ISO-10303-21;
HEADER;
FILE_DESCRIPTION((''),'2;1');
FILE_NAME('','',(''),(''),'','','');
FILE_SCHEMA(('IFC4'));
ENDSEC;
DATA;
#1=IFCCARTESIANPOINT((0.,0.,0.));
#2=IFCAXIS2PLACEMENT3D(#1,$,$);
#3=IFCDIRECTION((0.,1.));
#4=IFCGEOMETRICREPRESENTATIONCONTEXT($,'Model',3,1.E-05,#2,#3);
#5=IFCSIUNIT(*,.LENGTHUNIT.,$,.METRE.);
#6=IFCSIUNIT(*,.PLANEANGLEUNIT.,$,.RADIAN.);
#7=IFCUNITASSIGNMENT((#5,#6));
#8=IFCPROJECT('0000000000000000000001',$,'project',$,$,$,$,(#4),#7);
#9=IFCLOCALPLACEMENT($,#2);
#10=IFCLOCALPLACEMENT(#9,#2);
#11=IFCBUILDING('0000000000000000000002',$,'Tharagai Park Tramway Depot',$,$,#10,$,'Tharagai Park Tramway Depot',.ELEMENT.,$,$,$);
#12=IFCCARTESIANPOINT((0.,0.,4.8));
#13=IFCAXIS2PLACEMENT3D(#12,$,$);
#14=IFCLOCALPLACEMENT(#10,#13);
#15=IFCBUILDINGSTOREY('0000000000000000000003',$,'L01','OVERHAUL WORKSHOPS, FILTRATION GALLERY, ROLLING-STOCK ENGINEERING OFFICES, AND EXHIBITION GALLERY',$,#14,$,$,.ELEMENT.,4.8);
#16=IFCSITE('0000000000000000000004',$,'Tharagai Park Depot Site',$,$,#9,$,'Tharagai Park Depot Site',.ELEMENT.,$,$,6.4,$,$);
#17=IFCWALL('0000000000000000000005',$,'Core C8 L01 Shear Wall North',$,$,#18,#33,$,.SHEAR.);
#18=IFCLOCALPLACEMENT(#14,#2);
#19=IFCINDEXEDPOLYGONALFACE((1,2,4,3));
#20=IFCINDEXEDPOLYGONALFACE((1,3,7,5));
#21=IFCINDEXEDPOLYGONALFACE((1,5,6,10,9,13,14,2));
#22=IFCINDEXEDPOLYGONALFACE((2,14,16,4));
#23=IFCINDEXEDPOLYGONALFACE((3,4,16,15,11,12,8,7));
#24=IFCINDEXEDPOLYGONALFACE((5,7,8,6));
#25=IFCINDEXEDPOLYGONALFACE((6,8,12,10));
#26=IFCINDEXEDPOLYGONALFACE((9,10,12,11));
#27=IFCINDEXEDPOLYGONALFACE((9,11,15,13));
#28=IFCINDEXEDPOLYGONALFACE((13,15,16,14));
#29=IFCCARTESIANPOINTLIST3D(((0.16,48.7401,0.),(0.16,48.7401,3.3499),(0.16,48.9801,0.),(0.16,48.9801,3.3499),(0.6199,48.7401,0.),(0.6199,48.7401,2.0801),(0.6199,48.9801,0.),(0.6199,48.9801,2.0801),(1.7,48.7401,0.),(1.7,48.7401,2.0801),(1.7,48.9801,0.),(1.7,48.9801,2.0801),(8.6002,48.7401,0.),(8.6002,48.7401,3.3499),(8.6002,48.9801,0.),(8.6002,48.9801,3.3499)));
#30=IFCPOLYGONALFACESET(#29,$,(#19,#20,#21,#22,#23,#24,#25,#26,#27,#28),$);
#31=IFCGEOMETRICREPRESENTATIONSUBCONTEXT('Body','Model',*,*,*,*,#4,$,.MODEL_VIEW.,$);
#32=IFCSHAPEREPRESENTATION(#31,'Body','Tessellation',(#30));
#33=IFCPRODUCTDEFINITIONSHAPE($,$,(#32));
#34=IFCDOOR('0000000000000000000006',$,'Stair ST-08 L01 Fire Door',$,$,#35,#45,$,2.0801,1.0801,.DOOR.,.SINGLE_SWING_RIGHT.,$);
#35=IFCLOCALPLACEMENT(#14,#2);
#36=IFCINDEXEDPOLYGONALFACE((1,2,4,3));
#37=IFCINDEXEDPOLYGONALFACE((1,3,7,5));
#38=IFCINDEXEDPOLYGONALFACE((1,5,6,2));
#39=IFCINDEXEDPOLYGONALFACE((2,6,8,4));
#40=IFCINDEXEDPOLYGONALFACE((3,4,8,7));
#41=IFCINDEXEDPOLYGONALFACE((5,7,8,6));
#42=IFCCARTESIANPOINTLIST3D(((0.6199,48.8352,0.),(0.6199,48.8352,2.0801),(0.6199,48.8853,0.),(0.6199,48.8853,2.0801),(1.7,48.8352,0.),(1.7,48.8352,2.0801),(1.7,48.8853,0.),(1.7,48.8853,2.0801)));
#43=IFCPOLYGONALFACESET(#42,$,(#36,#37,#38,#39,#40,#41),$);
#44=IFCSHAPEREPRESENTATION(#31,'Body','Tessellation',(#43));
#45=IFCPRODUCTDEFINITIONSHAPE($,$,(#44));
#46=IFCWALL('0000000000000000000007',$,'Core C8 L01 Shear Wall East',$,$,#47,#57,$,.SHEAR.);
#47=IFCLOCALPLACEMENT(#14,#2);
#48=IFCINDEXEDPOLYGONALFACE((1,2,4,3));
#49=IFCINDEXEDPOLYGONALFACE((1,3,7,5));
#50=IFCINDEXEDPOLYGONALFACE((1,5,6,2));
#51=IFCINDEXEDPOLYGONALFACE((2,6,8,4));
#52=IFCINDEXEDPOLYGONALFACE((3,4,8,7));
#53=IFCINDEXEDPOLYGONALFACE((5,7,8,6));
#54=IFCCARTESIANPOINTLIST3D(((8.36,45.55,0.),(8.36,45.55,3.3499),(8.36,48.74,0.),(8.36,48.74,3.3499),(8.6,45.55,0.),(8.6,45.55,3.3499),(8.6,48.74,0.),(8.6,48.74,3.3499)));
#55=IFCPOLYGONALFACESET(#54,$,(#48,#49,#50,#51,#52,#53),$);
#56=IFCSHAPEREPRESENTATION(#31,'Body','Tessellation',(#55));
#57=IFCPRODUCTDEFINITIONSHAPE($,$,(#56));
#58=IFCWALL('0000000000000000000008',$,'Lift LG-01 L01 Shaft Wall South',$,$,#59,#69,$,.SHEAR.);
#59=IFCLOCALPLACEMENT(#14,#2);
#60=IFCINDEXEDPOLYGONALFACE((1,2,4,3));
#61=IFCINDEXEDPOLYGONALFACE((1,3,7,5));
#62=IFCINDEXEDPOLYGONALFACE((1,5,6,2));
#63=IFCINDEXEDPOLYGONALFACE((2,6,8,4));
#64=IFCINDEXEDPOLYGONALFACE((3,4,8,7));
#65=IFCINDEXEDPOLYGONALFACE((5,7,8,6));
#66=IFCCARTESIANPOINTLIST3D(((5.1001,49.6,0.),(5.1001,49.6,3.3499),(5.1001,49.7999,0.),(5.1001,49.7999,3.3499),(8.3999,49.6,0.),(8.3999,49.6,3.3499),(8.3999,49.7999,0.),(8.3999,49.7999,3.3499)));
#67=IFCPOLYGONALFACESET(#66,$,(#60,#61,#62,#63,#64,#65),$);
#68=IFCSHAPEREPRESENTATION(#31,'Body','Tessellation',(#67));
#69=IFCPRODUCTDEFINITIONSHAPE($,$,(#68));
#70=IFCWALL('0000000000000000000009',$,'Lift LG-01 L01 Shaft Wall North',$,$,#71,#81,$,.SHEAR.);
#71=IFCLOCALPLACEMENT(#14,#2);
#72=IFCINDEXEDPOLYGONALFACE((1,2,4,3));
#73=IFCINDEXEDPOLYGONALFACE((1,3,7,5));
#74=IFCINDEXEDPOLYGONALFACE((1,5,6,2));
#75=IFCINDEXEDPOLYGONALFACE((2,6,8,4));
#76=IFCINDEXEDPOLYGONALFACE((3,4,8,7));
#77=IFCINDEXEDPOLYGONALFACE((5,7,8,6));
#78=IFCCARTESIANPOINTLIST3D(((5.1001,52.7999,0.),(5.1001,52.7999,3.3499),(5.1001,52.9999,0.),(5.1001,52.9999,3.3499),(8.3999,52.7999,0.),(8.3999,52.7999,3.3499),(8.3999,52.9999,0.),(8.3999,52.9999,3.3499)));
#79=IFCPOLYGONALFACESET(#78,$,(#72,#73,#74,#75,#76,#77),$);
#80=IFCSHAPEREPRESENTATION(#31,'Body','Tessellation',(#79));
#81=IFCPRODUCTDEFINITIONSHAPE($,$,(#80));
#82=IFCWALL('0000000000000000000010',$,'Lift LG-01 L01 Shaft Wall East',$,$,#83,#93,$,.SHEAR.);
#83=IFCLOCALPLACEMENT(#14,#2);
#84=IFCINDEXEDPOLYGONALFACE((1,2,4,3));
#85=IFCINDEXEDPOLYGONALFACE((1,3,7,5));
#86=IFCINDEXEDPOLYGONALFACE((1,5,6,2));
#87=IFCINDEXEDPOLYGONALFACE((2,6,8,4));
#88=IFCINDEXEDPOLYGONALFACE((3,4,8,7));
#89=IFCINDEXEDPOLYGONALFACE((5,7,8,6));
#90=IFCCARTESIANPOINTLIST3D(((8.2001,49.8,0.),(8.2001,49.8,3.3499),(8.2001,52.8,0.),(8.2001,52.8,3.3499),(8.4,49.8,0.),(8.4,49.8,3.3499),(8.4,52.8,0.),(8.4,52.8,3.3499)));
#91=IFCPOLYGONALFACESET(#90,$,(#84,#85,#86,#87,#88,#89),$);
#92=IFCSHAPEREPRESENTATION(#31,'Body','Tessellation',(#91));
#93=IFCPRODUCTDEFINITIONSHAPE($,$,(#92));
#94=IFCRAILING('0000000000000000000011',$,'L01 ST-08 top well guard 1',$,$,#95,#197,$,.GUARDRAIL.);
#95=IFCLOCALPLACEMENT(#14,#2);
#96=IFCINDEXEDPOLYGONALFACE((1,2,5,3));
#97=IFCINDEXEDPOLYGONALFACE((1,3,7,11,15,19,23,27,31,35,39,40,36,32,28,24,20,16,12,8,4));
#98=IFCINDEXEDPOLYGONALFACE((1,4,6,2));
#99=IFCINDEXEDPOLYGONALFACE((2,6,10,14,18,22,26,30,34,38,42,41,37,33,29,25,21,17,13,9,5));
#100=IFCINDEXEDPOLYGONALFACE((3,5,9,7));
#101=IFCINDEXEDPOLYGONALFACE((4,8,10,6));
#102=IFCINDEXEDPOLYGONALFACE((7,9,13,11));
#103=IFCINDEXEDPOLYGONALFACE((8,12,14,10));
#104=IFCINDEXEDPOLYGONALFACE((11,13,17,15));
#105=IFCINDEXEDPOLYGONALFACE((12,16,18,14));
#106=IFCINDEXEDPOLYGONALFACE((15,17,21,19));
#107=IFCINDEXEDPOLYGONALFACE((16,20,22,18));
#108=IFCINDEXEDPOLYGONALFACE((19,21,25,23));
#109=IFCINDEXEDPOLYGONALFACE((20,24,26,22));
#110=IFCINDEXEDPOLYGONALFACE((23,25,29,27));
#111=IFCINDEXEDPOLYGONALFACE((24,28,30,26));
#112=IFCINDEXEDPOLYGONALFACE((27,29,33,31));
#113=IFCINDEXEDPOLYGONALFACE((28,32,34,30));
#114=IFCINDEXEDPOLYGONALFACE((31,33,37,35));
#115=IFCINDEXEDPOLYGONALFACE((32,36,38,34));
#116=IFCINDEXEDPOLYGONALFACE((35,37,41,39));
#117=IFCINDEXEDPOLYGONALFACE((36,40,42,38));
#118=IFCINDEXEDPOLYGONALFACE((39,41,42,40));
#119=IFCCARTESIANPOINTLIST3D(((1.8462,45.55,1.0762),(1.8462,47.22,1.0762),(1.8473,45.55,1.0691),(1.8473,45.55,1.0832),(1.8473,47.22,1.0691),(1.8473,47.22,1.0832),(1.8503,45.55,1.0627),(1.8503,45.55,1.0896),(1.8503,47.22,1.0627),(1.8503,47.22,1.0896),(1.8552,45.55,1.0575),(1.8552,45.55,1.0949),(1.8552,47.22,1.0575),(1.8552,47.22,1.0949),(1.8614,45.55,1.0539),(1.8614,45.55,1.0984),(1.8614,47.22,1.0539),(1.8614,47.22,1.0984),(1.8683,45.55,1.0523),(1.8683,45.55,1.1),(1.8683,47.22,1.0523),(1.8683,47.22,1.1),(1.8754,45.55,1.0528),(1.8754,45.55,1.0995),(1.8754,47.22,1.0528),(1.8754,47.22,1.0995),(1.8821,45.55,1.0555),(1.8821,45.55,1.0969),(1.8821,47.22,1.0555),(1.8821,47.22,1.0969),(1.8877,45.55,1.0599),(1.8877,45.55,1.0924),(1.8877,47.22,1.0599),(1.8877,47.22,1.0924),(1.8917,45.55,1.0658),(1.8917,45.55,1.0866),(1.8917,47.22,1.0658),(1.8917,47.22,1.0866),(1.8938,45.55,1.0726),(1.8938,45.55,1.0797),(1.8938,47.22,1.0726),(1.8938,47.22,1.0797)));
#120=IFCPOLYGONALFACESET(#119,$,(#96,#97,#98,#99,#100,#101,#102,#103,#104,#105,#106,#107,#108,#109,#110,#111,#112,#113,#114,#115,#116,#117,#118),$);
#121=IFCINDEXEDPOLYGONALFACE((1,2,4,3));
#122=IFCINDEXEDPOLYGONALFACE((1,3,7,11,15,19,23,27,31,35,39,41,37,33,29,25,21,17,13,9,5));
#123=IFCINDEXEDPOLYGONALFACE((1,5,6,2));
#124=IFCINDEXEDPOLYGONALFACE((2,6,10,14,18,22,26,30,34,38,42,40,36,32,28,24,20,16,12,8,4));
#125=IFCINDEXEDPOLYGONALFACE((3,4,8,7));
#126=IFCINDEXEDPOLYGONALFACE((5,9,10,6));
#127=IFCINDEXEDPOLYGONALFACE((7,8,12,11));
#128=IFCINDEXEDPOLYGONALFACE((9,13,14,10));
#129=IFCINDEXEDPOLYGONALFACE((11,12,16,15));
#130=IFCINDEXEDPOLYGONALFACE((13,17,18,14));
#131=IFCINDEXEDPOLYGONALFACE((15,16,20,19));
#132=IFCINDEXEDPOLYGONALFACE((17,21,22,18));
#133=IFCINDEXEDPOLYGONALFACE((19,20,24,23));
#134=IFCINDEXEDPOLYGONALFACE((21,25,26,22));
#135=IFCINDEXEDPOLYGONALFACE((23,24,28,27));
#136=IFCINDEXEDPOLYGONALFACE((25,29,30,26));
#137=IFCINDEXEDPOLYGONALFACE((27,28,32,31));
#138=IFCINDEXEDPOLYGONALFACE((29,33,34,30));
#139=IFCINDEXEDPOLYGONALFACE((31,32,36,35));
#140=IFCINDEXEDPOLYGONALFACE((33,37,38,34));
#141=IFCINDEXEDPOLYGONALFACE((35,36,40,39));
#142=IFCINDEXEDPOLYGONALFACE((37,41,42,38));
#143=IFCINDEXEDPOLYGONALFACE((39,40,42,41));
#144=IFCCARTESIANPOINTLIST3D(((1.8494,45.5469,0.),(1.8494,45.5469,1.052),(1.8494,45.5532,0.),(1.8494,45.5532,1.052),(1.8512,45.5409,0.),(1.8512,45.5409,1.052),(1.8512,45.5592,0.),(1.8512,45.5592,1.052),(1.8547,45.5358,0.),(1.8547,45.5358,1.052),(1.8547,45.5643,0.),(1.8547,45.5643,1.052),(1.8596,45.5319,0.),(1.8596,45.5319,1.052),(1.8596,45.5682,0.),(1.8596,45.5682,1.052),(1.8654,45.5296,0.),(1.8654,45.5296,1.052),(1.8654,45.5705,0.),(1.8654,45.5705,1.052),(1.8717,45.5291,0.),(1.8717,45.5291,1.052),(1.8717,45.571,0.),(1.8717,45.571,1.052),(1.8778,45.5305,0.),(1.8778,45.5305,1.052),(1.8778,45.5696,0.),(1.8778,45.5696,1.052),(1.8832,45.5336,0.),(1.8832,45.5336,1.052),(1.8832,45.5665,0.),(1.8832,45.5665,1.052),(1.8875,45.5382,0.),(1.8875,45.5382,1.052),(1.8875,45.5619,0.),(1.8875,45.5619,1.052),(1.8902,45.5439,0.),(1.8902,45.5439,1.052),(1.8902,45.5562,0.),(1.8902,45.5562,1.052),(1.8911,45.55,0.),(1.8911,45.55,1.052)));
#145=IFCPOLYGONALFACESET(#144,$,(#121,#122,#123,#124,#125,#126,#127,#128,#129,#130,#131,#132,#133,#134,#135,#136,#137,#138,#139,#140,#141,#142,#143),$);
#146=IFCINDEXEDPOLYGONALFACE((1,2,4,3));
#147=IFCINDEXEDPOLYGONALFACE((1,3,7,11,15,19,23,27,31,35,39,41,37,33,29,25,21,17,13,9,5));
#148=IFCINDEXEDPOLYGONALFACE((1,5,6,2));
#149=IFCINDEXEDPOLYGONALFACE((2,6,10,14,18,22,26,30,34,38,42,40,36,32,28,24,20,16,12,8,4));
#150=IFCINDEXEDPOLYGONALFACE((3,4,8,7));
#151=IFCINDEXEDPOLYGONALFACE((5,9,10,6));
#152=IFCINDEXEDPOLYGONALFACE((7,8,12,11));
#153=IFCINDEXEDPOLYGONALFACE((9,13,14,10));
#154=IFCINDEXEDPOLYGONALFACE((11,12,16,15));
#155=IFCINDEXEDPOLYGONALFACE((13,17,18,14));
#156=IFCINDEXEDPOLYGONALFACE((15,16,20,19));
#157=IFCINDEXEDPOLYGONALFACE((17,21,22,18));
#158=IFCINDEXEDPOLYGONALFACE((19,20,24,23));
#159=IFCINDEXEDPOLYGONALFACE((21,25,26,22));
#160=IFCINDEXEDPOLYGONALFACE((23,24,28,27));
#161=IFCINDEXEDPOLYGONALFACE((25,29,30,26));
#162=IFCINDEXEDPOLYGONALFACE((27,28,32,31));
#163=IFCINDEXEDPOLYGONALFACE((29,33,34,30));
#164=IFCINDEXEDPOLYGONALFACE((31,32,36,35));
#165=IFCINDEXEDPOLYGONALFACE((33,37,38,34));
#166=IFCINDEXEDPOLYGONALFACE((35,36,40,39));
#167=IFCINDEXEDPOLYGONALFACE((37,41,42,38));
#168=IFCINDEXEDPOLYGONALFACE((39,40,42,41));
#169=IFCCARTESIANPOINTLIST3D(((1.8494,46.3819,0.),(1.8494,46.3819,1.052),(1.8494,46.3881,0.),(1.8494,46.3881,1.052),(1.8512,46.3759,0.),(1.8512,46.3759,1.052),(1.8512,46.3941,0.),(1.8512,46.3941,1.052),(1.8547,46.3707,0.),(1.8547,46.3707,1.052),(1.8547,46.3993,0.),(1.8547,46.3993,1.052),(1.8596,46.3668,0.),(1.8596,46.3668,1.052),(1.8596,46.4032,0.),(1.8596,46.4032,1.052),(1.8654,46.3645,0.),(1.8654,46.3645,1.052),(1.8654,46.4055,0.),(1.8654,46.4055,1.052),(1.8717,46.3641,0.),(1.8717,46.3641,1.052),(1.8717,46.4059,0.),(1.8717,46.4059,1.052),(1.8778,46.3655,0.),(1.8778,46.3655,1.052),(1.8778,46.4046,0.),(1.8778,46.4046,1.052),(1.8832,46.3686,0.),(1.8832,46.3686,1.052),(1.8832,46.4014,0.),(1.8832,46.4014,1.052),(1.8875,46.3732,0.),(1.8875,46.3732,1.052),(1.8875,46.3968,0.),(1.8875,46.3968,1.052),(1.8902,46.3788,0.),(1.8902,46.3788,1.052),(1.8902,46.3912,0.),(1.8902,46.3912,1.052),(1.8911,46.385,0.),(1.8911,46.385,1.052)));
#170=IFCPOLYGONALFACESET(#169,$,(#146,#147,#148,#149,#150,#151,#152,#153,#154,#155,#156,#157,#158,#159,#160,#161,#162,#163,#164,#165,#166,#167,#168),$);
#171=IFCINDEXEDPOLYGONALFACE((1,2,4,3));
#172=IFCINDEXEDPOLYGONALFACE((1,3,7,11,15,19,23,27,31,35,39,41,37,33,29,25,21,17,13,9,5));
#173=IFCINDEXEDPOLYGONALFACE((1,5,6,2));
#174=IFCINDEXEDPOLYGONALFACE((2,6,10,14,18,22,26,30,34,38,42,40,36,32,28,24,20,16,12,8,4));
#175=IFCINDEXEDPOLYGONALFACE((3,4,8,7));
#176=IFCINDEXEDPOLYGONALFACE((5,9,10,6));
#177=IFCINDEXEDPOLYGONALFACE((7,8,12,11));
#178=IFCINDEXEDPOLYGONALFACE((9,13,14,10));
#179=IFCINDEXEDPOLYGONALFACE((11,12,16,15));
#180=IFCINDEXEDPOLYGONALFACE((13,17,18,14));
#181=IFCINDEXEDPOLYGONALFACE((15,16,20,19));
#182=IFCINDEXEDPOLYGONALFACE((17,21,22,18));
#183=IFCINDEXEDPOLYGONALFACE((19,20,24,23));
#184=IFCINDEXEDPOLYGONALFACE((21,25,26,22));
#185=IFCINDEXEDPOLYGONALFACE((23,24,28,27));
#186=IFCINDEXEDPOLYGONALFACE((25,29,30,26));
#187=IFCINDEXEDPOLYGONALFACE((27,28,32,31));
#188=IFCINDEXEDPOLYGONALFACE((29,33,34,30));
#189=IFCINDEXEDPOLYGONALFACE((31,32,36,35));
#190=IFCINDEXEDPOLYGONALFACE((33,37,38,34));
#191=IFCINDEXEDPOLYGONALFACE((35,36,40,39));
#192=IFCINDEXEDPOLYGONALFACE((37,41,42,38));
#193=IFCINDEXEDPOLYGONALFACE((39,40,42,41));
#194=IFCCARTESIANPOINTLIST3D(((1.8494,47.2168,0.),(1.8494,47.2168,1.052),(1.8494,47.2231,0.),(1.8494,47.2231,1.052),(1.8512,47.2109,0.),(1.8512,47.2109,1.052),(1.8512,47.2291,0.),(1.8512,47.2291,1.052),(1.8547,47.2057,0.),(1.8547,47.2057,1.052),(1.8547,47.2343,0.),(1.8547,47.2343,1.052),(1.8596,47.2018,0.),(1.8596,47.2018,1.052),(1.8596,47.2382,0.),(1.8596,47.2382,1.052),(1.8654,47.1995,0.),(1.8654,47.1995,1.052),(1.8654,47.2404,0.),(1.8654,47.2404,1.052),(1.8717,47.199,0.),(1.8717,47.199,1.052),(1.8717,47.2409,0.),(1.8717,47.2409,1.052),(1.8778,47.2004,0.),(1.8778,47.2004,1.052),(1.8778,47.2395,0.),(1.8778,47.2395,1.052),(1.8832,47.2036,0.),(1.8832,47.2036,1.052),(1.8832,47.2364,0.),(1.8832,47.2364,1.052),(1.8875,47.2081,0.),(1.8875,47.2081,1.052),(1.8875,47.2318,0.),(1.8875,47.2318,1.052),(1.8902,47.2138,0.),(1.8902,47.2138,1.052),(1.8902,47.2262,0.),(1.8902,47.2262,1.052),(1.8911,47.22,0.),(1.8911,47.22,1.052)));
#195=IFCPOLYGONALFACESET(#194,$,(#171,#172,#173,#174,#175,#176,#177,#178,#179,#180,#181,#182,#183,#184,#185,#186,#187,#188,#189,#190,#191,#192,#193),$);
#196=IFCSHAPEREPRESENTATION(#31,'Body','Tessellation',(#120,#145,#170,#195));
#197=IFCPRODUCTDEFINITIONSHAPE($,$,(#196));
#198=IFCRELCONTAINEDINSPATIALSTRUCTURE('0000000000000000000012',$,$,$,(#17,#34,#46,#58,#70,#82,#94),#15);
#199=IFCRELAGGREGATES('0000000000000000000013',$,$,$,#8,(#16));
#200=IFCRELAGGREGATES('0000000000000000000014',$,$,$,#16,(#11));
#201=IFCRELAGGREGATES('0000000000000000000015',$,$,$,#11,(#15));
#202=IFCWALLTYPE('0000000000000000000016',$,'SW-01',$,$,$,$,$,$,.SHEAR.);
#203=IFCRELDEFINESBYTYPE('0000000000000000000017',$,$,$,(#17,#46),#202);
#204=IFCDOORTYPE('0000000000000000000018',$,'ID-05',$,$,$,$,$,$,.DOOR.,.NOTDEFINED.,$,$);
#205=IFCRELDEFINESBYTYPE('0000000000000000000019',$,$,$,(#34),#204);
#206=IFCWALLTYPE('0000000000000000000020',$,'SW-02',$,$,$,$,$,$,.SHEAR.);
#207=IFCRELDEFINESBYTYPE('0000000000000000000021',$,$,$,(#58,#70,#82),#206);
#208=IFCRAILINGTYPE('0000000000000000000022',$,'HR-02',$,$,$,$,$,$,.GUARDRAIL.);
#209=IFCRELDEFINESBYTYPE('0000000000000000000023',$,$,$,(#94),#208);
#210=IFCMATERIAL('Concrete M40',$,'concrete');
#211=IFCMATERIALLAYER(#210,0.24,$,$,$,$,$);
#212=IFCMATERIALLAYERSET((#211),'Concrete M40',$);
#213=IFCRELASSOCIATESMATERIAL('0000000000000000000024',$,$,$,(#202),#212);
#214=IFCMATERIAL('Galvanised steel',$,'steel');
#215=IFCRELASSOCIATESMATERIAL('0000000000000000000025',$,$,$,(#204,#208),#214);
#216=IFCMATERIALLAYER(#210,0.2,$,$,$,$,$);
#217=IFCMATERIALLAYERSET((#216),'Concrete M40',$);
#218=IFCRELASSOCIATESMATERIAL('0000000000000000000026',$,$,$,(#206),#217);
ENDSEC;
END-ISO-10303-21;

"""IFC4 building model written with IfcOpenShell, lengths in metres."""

from ifc_helpers import new_model, si_unit, direction, frame, frame_2d, origin, origin_2d, place, context, subcontext, project, spatial, rectangle, circle, extrude, material, layer, layer_set, type_object, element, fill, save


model = new_model("IFC4")

# Units and contexts
model_context = context("Model", 3, precision=1e-05, world=origin(), true_north=direction((0.0, 1.0)))
body_context = subcontext(model_context, "Body", "Model", "MODEL_VIEW")
ifc_project = project(units=[si_unit("LENGTHUNIT", "METRE"), si_unit("PLANEANGLEUNIT", "RADIAN")], contexts=[model_context])

# Site, building, storey
site_placement = place(None, origin())
site = spatial("IfcSite", under=ifc_project, at=site_placement, Name="Tharagai Park Depot Site", LongName="Tharagai Park Depot Site", CompositionType="ELEMENT", RefElevation=6.4)
building_placement = place(site_placement, origin())
building = spatial("IfcBuilding", under=site, at=building_placement, Name="Tharagai Park Tramway Depot", LongName="Tharagai Park Tramway Depot", CompositionType="ELEMENT")
storey_placement = place(building_placement, frame((0.0, 0.0, 4.8)))
storey = spatial("IfcBuildingStorey", under=building, at=storey_placement, Name="L01", Description="OVERHAUL WORKSHOPS, FILTRATION GALLERY, ROLLING-STOCK ENGINEERING OFFICES, AND EXHIBITION GALLERY", CompositionType="ELEMENT", Elevation=4.8)

# Shared definitions
ifc_material_1 = material(Name="Concrete M40", Category="concrete")

# Shared definitions
ifc_layer_1 = layer(ifc_material_1, 0.24)
ifc_layer_set_1 = layer_set([ifc_layer_1], Name="Concrete M40")
wall_type_1 = type_object("IfcWallType", Name="SW-01", PredefinedType="SHEAR", material=ifc_layer_set_1)

# Wall, opening, door
wall_1_placement = place(storey_placement, frame((0.1599, 48.8601, 0.0), z_axis=(0.0, 0.0, 1.0), x_axis=(1.0, 0.0, 0.0)))
wall_1 = element("IfcWall", 1, at=wall_1_placement, inside=storey, type_object=wall_type_1, Name="Core C8 L01 Shear Wall North", PredefinedType="SHEAR", context=body_context, shape_type="SweptSolid", body=[
    extrude(rectangle(XDim=8.4402, YDim=0.24, at=frame_2d((4.2202, 0.0))), origin(), (0.0, 0.0, 1.0), 3.3499),
])
opening_1_placement = place(wall_1_placement, frame((0.46, 0.0, 0.0)))
opening_1 = element("IfcOpeningElement", 2, at=opening_1_placement, cuts=wall_1, PredefinedType="OPENING", context=body_context, shape_type="SweptSolid", body=[
    extrude(rectangle(XDim=1.0801, YDim=2.0801, at=frame_2d((0.54, 1.04))), frame((0.0, 0.1299, 0.0), z_axis=(0.0, -1.0, 0.0), x_axis=(1.0, 0.0, 0.0)), (0.0, 0.0, 1.0), 0.26),
])
ifc_material_2 = material(Name="Galvanised steel", Category="steel")
door_type_1 = type_object("IfcDoorType", Name="ID-05", OperationType="NOTDEFINED", PredefinedType="DOOR", material=ifc_material_2)
door_1_placement = place(opening_1_placement, frame((1.0801, 0.0, 0.0), z_axis=(0.0, 0.0, 1.0), x_axis=(-1.0, 0.0, 0.0)))
door_1 = element("IfcDoor", 3, at=door_1_placement, inside=storey, type_object=door_type_1, Name="Stair ST-08 L01 Fire Door", OperationType="SINGLE_SWING_RIGHT", OverallHeight=2.0801, OverallWidth=1.0801, PredefinedType="DOOR", context=body_context, shape_type="SweptSolid", body=[
    extrude(rectangle(XDim=1.0801, YDim=2.0801, at=frame_2d((0.54, 1.04))), frame((0.0, 0.0249, 0.0), z_axis=(0.0, -1.0, 0.0), x_axis=(1.0, 0.0, 0.0)), (0.0, 0.0, 1.0), 0.05),
])
fill(opening_1, door_1)

# Walls
wall_2_placement = place(storey_placement, frame((8.48, 45.55, 0.0), z_axis=(0.0, 0.0, 1.0), x_axis=(0.0, 1.0, 0.0)))
element("IfcWall", 4, at=wall_2_placement, inside=storey, type_object=wall_type_1, Name="Core C8 L01 Shear Wall East", PredefinedType="SHEAR", context=body_context, shape_type="SweptSolid", body=[
    extrude(rectangle(XDim=3.1899, YDim=0.24, at=frame_2d((1.595, 0.0))), origin(), (0.0, 0.0, 1.0), 3.3499),
])
ifc_layer_2 = layer(ifc_material_1, 0.2)
ifc_layer_set_2 = layer_set([ifc_layer_2], Name="Concrete M40")
wall_type_2 = type_object("IfcWallType", Name="SW-02", PredefinedType="SHEAR", material=ifc_layer_set_2)
for number, where, z_axis, x_axis, name in (
    (5, (5.1001, 49.7, 0.0), (0.0, 0.0, 1.0), (1.0, 0.0, 0.0), "Lift LG-01 L01 Shaft Wall South"),
    (6, (5.1001, 52.8999, 0.0), (0.0, 0.0, 1.0), (1.0, 0.0, 0.0), "Lift LG-01 L01 Shaft Wall North"),
):
    element("IfcWall", number, at=place(storey_placement, frame(where, z_axis=z_axis, x_axis=x_axis)), inside=storey, type_object=wall_type_2, Name=name, PredefinedType="SHEAR", context=body_context, shape_type="SweptSolid", body=[
        extrude(rectangle(XDim=3.2998, YDim=0.2, at=frame_2d((1.6499, 0.0))), origin(), (0.0, 0.0, 1.0), 3.3499),
    ])

# Wall
wall_3_placement = place(storey_placement, frame((8.3, 49.8, 0.0), z_axis=(0.0, 0.0, 1.0), x_axis=(0.0, 1.0, 0.0)))
element("IfcWall", 7, at=wall_3_placement, inside=storey, type_object=wall_type_2, Name="Lift LG-01 L01 Shaft Wall East", PredefinedType="SHEAR", context=body_context, shape_type="SweptSolid", body=[
    extrude(rectangle(XDim=3.0, YDim=0.2, at=frame_2d((1.5, 0.0))), origin(), (0.0, 0.0, 1.0), 3.3499),
])

# Railing
railing_type = type_object("IfcRailingType", Name="HR-02", PredefinedType="GUARDRAIL", material=ifc_material_2)
railing_placement = place(storey_placement, frame((1.8701, 45.55, 0.0)))
element("IfcRailing", 8, at=railing_placement, inside=storey, type_object=railing_type, Name="L01 ST-08 top well guard 1", PredefinedType="GUARDRAIL", context=body_context, shape_type="SweptSolid", body=[
    extrude(circle(Radius=0.0239, at=origin_2d()), frame((0.0, 0.0, 1.0762), z_axis=(0.0, 1.0, 0.0), x_axis=(-1.0, 0.0, 0.0)), (0.0, 0.0, 1.0), 1.6699),
    extrude(circle(Radius=0.021, at=origin_2d()), origin(), (0.0, 0.0, 1.0), 1.052),
    extrude(circle(Radius=0.021, at=origin_2d()), frame((0.0, 0.835, 0.0)), (0.0, 0.0, 1.0), 1.052),
    extrude(circle(Radius=0.021, at=origin_2d()), frame((0.0, 1.6699, 0.0)), (0.0, 0.0, 1.0), 1.052),
])

save(model, "model.ifc")
